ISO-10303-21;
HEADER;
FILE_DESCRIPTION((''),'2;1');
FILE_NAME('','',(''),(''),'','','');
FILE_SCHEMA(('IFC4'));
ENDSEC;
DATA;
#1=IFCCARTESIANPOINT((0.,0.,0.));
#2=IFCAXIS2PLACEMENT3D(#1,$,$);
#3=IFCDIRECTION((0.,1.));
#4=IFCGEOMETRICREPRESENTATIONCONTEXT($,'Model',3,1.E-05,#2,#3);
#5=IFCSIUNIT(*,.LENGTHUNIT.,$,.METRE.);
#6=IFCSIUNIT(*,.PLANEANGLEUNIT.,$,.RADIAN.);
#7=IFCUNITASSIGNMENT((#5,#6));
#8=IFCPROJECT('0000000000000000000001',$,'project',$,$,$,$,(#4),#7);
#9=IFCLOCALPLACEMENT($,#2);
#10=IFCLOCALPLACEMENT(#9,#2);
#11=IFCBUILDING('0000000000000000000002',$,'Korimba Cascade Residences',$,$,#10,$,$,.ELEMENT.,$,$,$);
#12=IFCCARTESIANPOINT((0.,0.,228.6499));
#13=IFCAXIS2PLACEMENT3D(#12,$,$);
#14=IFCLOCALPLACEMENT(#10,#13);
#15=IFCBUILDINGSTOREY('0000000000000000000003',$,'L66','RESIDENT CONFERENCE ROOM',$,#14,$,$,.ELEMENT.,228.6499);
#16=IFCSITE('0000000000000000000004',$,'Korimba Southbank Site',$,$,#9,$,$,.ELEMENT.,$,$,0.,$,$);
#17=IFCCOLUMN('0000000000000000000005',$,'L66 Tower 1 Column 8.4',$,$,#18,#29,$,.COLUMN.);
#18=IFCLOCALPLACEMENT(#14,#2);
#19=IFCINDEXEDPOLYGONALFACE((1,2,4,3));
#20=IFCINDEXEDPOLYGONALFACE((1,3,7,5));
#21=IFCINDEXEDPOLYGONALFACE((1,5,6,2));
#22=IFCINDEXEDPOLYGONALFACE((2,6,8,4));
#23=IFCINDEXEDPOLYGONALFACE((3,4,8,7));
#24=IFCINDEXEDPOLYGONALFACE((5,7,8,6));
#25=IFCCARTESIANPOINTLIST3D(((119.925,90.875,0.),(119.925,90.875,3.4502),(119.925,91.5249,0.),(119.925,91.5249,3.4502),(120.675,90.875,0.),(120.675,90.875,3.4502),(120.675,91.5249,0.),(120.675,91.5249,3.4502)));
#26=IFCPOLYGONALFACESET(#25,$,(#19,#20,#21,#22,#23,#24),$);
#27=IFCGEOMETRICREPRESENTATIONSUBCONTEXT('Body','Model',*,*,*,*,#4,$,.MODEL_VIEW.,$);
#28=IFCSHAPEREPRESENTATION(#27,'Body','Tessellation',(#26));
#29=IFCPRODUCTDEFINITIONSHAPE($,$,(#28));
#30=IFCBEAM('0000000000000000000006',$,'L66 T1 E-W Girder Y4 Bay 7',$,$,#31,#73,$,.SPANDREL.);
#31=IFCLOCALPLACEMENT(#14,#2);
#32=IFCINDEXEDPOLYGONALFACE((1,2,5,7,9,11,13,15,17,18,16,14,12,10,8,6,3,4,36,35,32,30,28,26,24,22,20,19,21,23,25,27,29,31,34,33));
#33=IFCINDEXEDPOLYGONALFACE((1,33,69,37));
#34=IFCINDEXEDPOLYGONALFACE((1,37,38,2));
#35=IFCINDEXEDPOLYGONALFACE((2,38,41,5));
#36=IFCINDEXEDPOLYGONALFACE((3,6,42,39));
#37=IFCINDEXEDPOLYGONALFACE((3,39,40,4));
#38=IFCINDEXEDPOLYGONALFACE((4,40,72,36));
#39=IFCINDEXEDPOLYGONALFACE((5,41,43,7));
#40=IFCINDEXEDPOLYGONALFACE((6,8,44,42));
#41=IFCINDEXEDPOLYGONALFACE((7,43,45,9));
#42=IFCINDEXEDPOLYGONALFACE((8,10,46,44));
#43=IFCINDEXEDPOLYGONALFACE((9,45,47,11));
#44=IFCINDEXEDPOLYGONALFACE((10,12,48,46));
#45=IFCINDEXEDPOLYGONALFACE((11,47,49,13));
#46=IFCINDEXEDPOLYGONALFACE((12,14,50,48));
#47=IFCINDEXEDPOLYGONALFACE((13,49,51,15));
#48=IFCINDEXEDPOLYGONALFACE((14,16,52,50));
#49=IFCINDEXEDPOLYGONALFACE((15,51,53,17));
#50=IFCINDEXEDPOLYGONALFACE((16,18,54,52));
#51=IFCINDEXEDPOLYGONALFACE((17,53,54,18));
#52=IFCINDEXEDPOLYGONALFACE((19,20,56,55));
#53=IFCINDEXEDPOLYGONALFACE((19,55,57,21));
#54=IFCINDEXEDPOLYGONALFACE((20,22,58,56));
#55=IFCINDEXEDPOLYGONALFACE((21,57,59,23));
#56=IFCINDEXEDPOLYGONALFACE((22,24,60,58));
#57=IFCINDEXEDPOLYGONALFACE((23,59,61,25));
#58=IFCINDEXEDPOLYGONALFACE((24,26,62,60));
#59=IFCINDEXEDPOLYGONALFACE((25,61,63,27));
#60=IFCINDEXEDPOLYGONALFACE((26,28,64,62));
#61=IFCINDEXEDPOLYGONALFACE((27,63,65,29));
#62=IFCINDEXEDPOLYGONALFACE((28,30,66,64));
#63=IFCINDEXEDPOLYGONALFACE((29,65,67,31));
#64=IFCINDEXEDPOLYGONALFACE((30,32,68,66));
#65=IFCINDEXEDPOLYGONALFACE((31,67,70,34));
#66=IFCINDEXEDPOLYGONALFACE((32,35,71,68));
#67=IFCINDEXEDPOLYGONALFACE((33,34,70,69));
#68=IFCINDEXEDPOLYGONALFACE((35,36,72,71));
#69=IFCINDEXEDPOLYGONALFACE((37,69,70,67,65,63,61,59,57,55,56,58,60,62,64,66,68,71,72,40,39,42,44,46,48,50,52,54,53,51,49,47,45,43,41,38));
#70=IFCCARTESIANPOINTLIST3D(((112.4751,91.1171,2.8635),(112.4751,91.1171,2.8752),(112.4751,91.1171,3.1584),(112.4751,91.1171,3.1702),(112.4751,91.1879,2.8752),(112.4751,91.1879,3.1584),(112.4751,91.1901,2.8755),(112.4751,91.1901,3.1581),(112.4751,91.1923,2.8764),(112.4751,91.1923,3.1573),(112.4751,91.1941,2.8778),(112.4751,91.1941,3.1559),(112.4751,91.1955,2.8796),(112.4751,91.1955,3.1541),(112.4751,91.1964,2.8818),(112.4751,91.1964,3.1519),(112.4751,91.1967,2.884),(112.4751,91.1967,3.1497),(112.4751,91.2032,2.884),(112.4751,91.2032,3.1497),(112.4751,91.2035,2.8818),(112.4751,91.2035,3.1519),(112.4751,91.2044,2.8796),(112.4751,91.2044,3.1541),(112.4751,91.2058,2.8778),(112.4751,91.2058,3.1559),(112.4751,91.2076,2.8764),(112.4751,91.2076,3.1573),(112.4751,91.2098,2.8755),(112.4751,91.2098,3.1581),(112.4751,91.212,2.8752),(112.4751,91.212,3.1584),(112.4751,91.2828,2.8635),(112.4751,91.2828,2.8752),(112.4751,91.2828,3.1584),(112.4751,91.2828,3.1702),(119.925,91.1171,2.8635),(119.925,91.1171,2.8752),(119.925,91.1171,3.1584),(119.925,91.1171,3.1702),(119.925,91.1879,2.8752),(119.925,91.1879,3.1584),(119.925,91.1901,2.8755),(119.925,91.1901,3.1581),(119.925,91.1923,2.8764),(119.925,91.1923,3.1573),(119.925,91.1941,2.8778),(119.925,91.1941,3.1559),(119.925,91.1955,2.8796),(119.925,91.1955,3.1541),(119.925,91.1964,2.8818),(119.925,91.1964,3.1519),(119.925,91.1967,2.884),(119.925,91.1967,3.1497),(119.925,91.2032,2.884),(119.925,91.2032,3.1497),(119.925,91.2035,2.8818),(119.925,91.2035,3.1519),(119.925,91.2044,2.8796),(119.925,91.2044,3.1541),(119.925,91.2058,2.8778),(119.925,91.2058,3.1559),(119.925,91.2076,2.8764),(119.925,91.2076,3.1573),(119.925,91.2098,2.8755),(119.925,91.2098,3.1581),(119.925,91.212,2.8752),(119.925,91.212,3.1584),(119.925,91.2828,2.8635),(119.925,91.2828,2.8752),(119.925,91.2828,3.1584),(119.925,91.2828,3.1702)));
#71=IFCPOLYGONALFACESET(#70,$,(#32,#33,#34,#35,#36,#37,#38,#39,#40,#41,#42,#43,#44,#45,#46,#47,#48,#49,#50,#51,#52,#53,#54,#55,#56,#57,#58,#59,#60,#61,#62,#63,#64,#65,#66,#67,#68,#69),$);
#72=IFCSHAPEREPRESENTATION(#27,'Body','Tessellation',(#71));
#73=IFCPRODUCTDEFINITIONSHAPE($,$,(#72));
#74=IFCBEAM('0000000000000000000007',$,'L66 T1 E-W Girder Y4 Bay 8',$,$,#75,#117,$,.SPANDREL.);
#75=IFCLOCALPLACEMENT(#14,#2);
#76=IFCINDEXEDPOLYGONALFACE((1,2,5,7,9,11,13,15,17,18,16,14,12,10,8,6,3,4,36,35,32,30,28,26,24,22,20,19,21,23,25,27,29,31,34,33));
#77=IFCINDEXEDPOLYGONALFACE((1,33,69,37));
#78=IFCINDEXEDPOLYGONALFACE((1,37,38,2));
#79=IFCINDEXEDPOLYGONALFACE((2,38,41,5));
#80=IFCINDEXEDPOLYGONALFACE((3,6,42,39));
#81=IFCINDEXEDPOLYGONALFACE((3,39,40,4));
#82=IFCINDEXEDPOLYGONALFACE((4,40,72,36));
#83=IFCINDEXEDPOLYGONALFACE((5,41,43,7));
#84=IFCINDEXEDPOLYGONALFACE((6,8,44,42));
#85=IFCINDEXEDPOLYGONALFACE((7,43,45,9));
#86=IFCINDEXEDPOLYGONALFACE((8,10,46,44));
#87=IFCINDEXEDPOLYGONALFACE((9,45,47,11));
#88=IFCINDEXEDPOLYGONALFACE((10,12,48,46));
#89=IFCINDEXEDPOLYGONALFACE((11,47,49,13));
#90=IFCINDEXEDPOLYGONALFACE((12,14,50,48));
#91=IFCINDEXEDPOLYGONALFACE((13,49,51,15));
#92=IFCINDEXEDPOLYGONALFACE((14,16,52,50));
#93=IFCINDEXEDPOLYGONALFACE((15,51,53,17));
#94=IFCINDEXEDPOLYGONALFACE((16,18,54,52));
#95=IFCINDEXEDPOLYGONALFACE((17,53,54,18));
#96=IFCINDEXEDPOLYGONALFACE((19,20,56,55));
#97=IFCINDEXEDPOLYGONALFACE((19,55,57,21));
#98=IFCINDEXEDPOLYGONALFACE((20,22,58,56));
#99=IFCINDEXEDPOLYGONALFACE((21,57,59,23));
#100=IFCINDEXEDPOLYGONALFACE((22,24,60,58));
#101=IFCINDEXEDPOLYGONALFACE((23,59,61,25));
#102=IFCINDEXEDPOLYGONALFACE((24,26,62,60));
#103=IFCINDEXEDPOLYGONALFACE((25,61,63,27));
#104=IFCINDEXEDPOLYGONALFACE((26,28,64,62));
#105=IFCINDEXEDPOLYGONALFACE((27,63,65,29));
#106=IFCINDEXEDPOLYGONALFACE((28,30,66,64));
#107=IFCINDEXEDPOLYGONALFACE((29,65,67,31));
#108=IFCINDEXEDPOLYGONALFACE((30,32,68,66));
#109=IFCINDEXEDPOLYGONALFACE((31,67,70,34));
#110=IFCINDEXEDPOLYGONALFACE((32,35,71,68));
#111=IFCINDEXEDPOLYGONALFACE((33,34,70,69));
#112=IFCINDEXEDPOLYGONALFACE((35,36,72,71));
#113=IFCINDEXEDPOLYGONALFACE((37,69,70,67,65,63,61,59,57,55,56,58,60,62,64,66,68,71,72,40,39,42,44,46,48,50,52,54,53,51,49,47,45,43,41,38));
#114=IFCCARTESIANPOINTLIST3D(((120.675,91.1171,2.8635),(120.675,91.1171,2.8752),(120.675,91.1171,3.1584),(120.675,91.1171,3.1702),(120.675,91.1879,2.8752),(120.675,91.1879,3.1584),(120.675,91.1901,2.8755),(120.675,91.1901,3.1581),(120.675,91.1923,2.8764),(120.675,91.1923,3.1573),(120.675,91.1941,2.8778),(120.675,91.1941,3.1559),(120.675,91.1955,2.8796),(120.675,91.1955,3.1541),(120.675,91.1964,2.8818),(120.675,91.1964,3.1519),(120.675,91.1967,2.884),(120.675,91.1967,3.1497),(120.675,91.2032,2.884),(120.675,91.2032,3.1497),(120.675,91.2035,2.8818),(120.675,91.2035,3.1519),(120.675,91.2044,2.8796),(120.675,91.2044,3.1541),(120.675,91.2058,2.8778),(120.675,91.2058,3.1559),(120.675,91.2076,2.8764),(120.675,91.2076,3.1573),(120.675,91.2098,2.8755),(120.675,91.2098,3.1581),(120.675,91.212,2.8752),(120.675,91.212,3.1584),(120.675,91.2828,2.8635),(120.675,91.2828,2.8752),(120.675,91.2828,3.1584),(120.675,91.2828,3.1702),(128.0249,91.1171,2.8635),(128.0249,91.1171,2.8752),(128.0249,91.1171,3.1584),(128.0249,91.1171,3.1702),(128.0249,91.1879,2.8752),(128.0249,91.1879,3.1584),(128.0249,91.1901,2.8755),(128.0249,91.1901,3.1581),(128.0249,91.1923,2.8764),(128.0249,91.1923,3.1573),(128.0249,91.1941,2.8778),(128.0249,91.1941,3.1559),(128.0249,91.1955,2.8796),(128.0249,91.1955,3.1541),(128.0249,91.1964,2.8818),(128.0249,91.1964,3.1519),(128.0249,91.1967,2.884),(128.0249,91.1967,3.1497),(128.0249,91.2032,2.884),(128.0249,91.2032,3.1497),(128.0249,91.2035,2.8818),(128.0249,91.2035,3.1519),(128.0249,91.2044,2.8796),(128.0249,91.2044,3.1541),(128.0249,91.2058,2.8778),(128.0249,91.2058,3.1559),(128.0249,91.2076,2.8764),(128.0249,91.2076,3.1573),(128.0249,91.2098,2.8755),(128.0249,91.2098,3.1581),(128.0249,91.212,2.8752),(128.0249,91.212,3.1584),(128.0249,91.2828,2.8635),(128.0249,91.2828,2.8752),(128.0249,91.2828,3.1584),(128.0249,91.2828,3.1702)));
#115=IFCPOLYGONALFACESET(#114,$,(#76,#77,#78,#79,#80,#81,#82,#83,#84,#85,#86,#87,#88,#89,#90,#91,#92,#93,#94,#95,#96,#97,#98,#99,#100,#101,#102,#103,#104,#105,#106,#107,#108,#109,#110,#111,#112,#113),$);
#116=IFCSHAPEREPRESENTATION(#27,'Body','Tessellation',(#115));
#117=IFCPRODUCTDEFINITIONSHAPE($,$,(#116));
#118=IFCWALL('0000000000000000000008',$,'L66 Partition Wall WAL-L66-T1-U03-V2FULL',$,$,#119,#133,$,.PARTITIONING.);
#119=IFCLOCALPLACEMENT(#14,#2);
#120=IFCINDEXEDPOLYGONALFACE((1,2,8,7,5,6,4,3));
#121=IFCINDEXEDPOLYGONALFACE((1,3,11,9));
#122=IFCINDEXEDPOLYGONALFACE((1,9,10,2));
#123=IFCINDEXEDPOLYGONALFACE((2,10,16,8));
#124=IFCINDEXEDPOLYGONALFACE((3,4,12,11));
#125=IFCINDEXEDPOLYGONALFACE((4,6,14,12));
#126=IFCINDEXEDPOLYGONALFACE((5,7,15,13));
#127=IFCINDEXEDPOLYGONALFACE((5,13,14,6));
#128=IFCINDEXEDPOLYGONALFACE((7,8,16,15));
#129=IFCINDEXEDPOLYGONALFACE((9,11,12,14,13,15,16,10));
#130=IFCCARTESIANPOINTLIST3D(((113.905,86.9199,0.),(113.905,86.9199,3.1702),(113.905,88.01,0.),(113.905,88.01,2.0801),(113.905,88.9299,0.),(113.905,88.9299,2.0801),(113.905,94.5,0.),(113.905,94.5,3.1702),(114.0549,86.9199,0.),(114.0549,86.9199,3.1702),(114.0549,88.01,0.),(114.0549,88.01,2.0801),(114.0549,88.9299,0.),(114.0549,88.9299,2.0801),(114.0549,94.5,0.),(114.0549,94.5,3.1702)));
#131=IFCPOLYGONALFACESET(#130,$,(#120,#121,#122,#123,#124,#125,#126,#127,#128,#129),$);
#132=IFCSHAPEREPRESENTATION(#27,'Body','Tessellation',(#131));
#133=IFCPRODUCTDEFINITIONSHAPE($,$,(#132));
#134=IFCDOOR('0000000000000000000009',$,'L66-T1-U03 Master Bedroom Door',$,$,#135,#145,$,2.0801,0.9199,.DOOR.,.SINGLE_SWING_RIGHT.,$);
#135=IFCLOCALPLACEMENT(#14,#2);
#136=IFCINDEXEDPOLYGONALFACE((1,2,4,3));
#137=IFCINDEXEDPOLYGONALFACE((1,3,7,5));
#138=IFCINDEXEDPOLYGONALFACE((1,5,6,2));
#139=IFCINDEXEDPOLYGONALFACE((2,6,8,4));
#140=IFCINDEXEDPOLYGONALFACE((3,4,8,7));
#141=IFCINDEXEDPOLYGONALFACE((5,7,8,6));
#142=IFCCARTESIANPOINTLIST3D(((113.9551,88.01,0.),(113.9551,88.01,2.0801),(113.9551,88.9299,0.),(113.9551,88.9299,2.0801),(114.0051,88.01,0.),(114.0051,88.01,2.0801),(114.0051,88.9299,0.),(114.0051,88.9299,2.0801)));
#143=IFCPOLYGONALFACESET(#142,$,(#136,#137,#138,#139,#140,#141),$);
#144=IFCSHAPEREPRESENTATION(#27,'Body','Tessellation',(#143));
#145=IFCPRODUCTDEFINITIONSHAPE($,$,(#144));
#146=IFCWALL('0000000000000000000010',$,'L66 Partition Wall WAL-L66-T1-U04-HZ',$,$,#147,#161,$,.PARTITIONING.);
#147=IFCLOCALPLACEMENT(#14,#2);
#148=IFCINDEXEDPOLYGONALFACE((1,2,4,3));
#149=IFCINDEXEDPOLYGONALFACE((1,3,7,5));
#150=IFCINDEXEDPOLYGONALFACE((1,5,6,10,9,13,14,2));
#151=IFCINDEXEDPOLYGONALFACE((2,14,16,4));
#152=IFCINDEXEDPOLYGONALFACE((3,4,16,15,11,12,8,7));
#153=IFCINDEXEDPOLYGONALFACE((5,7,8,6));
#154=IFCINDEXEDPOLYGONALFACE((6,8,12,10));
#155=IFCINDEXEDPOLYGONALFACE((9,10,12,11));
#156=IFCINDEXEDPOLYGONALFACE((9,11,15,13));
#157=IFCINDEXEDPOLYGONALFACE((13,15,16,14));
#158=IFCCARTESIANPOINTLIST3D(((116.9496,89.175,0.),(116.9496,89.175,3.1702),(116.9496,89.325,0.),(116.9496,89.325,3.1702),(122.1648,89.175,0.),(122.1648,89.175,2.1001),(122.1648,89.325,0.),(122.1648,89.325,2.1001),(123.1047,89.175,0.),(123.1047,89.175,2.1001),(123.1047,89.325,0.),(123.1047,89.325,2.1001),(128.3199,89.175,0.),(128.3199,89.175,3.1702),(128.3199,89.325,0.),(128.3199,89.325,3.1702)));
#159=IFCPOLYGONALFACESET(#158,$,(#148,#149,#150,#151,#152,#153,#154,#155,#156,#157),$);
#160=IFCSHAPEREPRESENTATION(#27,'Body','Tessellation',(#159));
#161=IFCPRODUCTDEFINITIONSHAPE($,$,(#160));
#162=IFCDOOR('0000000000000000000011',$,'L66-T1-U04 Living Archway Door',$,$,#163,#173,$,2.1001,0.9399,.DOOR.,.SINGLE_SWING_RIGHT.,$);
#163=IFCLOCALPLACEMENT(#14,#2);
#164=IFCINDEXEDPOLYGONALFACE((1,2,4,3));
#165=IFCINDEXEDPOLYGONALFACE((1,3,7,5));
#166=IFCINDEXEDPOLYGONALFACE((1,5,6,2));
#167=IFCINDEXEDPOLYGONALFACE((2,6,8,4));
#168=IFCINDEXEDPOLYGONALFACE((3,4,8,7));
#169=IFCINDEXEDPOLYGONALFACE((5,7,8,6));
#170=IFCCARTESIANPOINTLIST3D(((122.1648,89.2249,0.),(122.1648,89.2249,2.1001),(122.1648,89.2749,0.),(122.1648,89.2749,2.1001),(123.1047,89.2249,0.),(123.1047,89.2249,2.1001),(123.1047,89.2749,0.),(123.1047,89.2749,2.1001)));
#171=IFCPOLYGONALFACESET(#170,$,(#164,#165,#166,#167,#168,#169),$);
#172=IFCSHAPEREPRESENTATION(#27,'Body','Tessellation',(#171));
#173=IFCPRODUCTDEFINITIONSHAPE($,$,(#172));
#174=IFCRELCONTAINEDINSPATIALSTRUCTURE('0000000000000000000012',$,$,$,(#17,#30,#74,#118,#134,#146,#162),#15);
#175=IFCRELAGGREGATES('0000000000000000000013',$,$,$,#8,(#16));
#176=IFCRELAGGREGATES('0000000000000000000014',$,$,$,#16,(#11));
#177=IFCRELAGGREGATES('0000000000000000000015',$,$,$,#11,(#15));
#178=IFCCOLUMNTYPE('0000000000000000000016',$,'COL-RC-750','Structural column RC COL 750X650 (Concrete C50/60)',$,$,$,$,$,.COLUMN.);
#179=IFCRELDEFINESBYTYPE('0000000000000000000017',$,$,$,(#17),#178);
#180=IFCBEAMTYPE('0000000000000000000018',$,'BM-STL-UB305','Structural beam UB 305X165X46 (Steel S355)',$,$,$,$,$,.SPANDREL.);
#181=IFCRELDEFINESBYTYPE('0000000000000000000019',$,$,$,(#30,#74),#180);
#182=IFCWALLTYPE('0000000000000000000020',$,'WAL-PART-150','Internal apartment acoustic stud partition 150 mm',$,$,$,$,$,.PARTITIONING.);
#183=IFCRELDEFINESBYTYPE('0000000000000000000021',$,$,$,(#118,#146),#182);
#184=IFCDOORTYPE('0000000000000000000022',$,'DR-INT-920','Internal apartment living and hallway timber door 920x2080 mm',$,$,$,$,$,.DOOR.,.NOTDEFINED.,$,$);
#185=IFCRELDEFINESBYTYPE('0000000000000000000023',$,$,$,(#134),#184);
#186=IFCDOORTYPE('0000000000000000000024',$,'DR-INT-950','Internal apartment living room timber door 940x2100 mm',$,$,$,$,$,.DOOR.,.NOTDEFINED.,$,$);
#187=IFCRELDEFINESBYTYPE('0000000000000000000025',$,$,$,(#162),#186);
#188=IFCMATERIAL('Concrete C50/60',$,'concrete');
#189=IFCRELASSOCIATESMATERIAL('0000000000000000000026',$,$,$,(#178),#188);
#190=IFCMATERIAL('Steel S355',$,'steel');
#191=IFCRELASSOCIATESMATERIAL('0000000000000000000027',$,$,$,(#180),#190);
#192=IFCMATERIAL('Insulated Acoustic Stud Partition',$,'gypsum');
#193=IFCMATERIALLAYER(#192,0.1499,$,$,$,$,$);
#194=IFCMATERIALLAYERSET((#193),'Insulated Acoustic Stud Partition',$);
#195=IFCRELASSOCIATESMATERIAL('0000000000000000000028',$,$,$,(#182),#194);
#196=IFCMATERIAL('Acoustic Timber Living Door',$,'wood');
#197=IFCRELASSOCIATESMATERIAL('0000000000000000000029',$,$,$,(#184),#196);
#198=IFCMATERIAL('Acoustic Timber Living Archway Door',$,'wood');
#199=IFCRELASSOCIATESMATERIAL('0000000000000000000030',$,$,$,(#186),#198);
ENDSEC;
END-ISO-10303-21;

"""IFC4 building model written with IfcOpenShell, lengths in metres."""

from ifc_helpers import new_model, si_unit, direction, frame, frame_2d, origin, origin_2d, place, context, subcontext, project, spatial, rectangle, i_section, extrude, material, layer, layer_set, material_profile, profile_set, type_object, element, fill, save


model = new_model("IFC4")

# Units and contexts
model_context = context("Model", 3, precision=1e-05, world=origin(), true_north=direction((0.0, 1.0)))
body_context = subcontext(model_context, "Body", "Model", "MODEL_VIEW")
ifc_project = project(units=[si_unit("LENGTHUNIT", "METRE"), si_unit("PLANEANGLEUNIT", "RADIAN")], contexts=[model_context])

# Site, building, storey
site_placement = place(None, origin())
site = spatial("IfcSite", under=ifc_project, at=site_placement, Name="Korimba Southbank Site", CompositionType="ELEMENT", RefElevation=0.0)
building_placement = place(site_placement, origin())
building = spatial("IfcBuilding", under=site, at=building_placement, Name="Korimba Cascade Residences", CompositionType="ELEMENT")
storey_placement = place(building_placement, frame((0.0, 0.0, 228.6499)))
storey = spatial("IfcBuildingStorey", under=building, at=storey_placement, Name="L66", Description="RESIDENT CONFERENCE ROOM", CompositionType="ELEMENT", Elevation=228.6499)

# Column
ifc_material_1 = material(Name="Concrete C50/60", Category="concrete")
ifc_material_profile_1 = material_profile(ifc_material_1, rectangle(XDim=0.75, YDim=0.6499, at=origin_2d()), Name="Concrete C50/60")
ifc_profile_set_1 = profile_set([ifc_material_profile_1], Name="Concrete C50/60")
column_type = type_object("IfcColumnType", Name="COL-RC-750", Description="Structural column RC COL 750X650 (Concrete C50/60)", PredefinedType="COLUMN", material=ifc_profile_set_1)
column_placement = place(storey_placement, frame((120.3, 91.2, 0.0), z_axis=(0.0, 0.0, 1.0), x_axis=(1.0, 0.0, 0.0)))
element("IfcColumn", 1, at=column_placement, inside=storey, type_object=column_type, Name="L66 Tower 1 Column 8.4", PredefinedType="COLUMN", context=body_context, shape_type="SweptSolid", body=[
    extrude(rectangle(XDim=0.75, YDim=0.6499, at=origin_2d()), origin(), (0.0, 0.0, 1.0), 3.4502),
])

# Beams
ifc_material_2 = material(Name="Steel S355", Category="steel")
ifc_material_profile_2 = material_profile(ifc_material_2, i_section(OverallWidth=0.1658, OverallDepth=0.3066, WebThickness=0.0066, FlangeThickness=0.0117, FilletRadius=0.0088, at=origin_2d()), Name="Steel S355")
ifc_profile_set_2 = profile_set([ifc_material_profile_2], Name="Steel S355")
beam_type = type_object("IfcBeamType", Name="BM-STL-UB305", Description="Structural beam UB 305X165X46 (Steel S355)", PredefinedType="SPANDREL", material=ifc_profile_set_2)
beam_1_placement = place(storey_placement, frame((112.4751, 91.2, 3.0168), z_axis=(1.0, 0.0, 0.0), x_axis=(0.0, 1.0, 0.0)))
element("IfcBeam", 2, at=beam_1_placement, inside=storey, type_object=beam_type, Name="L66 T1 E-W Girder Y4 Bay 7", PredefinedType="SPANDREL", context=body_context, shape_type="SweptSolid", body=[
    extrude(i_section(OverallWidth=0.1658, OverallDepth=0.3066, WebThickness=0.0066, FlangeThickness=0.0117, FilletRadius=0.0088, at=origin_2d()), origin(), (0.0, 0.0, 1.0), 7.45),
])
beam_2_placement = place(storey_placement, frame((120.675, 91.2, 3.0168), z_axis=(1.0, 0.0, 0.0), x_axis=(0.0, 1.0, 0.0)))
element("IfcBeam", 3, at=beam_2_placement, inside=storey, type_object=beam_type, Name="L66 T1 E-W Girder Y4 Bay 8", PredefinedType="SPANDREL", context=body_context, shape_type="SweptSolid", body=[
    extrude(i_section(OverallWidth=0.1658, OverallDepth=0.3066, WebThickness=0.0066, FlangeThickness=0.0117, FilletRadius=0.0088, at=origin_2d()), origin(), (0.0, 0.0, 1.0), 7.3499),
])

# Walls, openings, doors
ifc_material_3 = material(Name="Insulated Acoustic Stud Partition", Category="gypsum")
ifc_layer = layer(ifc_material_3, 0.1499)
ifc_layer_set = layer_set([ifc_layer], Name="Insulated Acoustic Stud Partition")
wall_type = type_object("IfcWallType", Name="WAL-PART-150", Description="Internal apartment acoustic stud partition 150 mm", PredefinedType="PARTITIONING", material=ifc_layer_set)
wall_1_placement = place(storey_placement, frame((113.98, 86.9199, 0.0), z_axis=(0.0, 0.0, 1.0), x_axis=(0.0, 1.0, 0.0)))
wall_1 = element("IfcWall", 4, at=wall_1_placement, inside=storey, type_object=wall_type, Name="L66 Partition Wall WAL-L66-T1-U03-V2FULL", PredefinedType="PARTITIONING", context=body_context, shape_type="SweptSolid", body=[
    extrude(rectangle(XDim=7.5801, YDim=0.1499, at=frame_2d((3.79, 0.0))), origin(), (0.0, 0.0, 1.0), 3.1702),
])
opening_1_placement = place(wall_1_placement, frame((1.0901, 0.0, 0.0)))
opening_1 = element("IfcOpeningElement", 5, at=opening_1_placement, cuts=wall_1, PredefinedType="OPENING", context=body_context, shape_type="SweptSolid", body=[
    extrude(rectangle(XDim=0.9199, YDim=2.0801, at=frame_2d((0.46, 1.04))), frame((0.0, 0.085, 0.0), z_axis=(0.0, -1.0, 0.0), x_axis=(1.0, 0.0, 0.0)), (0.0, 0.0, 1.0), 0.1699),
])
ifc_material_4 = material(Name="Acoustic Timber Living Door", Category="wood")
door_type_1 = type_object("IfcDoorType", Name="DR-INT-920", Description="Internal apartment living and hallway timber door 920x2080 mm", OperationType="NOTDEFINED", PredefinedType="DOOR", material=ifc_material_4)
door_1_placement = place(opening_1_placement, origin())
door_1 = element("IfcDoor", 6, at=door_1_placement, inside=storey, type_object=door_type_1, Name="L66-T1-U03 Master Bedroom Door", OperationType="SINGLE_SWING_RIGHT", OverallHeight=2.0801, OverallWidth=0.9199, PredefinedType="DOOR", context=body_context, shape_type="SweptSolid", body=[
    extrude(rectangle(XDim=0.9199, YDim=2.0801, at=frame_2d((0.46, 1.04))), frame((0.0, 0.0249, 0.0), z_axis=(0.0, -1.0, 0.0), x_axis=(1.0, 0.0, 0.0)), (0.0, 0.0, 1.0), 0.05),
])
fill(opening_1, door_1)
wall_2_placement = place(storey_placement, frame((116.9497, 89.25, 0.0), z_axis=(0.0, 0.0, 1.0), x_axis=(1.0, 0.0, 0.0)))
wall_2 = element("IfcWall", 7, at=wall_2_placement, inside=storey, type_object=wall_type, Name="L66 Partition Wall WAL-L66-T1-U04-HZ", PredefinedType="PARTITIONING", context=body_context, shape_type="SweptSolid", body=[
    extrude(rectangle(XDim=11.3704, YDim=0.1499, at=frame_2d((5.6851, 0.0))), origin(), (0.0, 0.0, 1.0), 3.1702),
])
opening_2_placement = place(wall_2_placement, frame((5.2151, 0.0, 0.0)))
opening_2 = element("IfcOpeningElement", 8, at=opening_2_placement, cuts=wall_2, PredefinedType="OPENING", context=body_context, shape_type="SweptSolid", body=[
    extrude(rectangle(XDim=0.9399, YDim=2.1001, at=frame_2d((0.47, 1.05))), frame((0.0, 0.085, 0.0), z_axis=(0.0, -1.0, 0.0), x_axis=(1.0, 0.0, 0.0)), (0.0, 0.0, 1.0), 0.1699),
])
ifc_material_5 = material(Name="Acoustic Timber Living Archway Door", Category="wood")
door_type_2 = type_object("IfcDoorType", Name="DR-INT-950", Description="Internal apartment living room timber door 940x2100 mm", OperationType="NOTDEFINED", PredefinedType="DOOR", material=ifc_material_5)
door_2_placement = place(opening_2_placement, origin())
door_2 = element("IfcDoor", 9, at=door_2_placement, inside=storey, type_object=door_type_2, Name="L66-T1-U04 Living Archway Door", OperationType="SINGLE_SWING_RIGHT", OverallHeight=2.1001, OverallWidth=0.9399, PredefinedType="DOOR", context=body_context, shape_type="SweptSolid", body=[
    extrude(rectangle(XDim=0.9399, YDim=2.1001, at=frame_2d((0.47, 1.05))), frame((0.0, 0.0249, 0.0), z_axis=(0.0, -1.0, 0.0), x_axis=(1.0, 0.0, 0.0)), (0.0, 0.0, 1.0), 0.05),
])
fill(opening_2, door_2)

save(model, "model.ifc")
